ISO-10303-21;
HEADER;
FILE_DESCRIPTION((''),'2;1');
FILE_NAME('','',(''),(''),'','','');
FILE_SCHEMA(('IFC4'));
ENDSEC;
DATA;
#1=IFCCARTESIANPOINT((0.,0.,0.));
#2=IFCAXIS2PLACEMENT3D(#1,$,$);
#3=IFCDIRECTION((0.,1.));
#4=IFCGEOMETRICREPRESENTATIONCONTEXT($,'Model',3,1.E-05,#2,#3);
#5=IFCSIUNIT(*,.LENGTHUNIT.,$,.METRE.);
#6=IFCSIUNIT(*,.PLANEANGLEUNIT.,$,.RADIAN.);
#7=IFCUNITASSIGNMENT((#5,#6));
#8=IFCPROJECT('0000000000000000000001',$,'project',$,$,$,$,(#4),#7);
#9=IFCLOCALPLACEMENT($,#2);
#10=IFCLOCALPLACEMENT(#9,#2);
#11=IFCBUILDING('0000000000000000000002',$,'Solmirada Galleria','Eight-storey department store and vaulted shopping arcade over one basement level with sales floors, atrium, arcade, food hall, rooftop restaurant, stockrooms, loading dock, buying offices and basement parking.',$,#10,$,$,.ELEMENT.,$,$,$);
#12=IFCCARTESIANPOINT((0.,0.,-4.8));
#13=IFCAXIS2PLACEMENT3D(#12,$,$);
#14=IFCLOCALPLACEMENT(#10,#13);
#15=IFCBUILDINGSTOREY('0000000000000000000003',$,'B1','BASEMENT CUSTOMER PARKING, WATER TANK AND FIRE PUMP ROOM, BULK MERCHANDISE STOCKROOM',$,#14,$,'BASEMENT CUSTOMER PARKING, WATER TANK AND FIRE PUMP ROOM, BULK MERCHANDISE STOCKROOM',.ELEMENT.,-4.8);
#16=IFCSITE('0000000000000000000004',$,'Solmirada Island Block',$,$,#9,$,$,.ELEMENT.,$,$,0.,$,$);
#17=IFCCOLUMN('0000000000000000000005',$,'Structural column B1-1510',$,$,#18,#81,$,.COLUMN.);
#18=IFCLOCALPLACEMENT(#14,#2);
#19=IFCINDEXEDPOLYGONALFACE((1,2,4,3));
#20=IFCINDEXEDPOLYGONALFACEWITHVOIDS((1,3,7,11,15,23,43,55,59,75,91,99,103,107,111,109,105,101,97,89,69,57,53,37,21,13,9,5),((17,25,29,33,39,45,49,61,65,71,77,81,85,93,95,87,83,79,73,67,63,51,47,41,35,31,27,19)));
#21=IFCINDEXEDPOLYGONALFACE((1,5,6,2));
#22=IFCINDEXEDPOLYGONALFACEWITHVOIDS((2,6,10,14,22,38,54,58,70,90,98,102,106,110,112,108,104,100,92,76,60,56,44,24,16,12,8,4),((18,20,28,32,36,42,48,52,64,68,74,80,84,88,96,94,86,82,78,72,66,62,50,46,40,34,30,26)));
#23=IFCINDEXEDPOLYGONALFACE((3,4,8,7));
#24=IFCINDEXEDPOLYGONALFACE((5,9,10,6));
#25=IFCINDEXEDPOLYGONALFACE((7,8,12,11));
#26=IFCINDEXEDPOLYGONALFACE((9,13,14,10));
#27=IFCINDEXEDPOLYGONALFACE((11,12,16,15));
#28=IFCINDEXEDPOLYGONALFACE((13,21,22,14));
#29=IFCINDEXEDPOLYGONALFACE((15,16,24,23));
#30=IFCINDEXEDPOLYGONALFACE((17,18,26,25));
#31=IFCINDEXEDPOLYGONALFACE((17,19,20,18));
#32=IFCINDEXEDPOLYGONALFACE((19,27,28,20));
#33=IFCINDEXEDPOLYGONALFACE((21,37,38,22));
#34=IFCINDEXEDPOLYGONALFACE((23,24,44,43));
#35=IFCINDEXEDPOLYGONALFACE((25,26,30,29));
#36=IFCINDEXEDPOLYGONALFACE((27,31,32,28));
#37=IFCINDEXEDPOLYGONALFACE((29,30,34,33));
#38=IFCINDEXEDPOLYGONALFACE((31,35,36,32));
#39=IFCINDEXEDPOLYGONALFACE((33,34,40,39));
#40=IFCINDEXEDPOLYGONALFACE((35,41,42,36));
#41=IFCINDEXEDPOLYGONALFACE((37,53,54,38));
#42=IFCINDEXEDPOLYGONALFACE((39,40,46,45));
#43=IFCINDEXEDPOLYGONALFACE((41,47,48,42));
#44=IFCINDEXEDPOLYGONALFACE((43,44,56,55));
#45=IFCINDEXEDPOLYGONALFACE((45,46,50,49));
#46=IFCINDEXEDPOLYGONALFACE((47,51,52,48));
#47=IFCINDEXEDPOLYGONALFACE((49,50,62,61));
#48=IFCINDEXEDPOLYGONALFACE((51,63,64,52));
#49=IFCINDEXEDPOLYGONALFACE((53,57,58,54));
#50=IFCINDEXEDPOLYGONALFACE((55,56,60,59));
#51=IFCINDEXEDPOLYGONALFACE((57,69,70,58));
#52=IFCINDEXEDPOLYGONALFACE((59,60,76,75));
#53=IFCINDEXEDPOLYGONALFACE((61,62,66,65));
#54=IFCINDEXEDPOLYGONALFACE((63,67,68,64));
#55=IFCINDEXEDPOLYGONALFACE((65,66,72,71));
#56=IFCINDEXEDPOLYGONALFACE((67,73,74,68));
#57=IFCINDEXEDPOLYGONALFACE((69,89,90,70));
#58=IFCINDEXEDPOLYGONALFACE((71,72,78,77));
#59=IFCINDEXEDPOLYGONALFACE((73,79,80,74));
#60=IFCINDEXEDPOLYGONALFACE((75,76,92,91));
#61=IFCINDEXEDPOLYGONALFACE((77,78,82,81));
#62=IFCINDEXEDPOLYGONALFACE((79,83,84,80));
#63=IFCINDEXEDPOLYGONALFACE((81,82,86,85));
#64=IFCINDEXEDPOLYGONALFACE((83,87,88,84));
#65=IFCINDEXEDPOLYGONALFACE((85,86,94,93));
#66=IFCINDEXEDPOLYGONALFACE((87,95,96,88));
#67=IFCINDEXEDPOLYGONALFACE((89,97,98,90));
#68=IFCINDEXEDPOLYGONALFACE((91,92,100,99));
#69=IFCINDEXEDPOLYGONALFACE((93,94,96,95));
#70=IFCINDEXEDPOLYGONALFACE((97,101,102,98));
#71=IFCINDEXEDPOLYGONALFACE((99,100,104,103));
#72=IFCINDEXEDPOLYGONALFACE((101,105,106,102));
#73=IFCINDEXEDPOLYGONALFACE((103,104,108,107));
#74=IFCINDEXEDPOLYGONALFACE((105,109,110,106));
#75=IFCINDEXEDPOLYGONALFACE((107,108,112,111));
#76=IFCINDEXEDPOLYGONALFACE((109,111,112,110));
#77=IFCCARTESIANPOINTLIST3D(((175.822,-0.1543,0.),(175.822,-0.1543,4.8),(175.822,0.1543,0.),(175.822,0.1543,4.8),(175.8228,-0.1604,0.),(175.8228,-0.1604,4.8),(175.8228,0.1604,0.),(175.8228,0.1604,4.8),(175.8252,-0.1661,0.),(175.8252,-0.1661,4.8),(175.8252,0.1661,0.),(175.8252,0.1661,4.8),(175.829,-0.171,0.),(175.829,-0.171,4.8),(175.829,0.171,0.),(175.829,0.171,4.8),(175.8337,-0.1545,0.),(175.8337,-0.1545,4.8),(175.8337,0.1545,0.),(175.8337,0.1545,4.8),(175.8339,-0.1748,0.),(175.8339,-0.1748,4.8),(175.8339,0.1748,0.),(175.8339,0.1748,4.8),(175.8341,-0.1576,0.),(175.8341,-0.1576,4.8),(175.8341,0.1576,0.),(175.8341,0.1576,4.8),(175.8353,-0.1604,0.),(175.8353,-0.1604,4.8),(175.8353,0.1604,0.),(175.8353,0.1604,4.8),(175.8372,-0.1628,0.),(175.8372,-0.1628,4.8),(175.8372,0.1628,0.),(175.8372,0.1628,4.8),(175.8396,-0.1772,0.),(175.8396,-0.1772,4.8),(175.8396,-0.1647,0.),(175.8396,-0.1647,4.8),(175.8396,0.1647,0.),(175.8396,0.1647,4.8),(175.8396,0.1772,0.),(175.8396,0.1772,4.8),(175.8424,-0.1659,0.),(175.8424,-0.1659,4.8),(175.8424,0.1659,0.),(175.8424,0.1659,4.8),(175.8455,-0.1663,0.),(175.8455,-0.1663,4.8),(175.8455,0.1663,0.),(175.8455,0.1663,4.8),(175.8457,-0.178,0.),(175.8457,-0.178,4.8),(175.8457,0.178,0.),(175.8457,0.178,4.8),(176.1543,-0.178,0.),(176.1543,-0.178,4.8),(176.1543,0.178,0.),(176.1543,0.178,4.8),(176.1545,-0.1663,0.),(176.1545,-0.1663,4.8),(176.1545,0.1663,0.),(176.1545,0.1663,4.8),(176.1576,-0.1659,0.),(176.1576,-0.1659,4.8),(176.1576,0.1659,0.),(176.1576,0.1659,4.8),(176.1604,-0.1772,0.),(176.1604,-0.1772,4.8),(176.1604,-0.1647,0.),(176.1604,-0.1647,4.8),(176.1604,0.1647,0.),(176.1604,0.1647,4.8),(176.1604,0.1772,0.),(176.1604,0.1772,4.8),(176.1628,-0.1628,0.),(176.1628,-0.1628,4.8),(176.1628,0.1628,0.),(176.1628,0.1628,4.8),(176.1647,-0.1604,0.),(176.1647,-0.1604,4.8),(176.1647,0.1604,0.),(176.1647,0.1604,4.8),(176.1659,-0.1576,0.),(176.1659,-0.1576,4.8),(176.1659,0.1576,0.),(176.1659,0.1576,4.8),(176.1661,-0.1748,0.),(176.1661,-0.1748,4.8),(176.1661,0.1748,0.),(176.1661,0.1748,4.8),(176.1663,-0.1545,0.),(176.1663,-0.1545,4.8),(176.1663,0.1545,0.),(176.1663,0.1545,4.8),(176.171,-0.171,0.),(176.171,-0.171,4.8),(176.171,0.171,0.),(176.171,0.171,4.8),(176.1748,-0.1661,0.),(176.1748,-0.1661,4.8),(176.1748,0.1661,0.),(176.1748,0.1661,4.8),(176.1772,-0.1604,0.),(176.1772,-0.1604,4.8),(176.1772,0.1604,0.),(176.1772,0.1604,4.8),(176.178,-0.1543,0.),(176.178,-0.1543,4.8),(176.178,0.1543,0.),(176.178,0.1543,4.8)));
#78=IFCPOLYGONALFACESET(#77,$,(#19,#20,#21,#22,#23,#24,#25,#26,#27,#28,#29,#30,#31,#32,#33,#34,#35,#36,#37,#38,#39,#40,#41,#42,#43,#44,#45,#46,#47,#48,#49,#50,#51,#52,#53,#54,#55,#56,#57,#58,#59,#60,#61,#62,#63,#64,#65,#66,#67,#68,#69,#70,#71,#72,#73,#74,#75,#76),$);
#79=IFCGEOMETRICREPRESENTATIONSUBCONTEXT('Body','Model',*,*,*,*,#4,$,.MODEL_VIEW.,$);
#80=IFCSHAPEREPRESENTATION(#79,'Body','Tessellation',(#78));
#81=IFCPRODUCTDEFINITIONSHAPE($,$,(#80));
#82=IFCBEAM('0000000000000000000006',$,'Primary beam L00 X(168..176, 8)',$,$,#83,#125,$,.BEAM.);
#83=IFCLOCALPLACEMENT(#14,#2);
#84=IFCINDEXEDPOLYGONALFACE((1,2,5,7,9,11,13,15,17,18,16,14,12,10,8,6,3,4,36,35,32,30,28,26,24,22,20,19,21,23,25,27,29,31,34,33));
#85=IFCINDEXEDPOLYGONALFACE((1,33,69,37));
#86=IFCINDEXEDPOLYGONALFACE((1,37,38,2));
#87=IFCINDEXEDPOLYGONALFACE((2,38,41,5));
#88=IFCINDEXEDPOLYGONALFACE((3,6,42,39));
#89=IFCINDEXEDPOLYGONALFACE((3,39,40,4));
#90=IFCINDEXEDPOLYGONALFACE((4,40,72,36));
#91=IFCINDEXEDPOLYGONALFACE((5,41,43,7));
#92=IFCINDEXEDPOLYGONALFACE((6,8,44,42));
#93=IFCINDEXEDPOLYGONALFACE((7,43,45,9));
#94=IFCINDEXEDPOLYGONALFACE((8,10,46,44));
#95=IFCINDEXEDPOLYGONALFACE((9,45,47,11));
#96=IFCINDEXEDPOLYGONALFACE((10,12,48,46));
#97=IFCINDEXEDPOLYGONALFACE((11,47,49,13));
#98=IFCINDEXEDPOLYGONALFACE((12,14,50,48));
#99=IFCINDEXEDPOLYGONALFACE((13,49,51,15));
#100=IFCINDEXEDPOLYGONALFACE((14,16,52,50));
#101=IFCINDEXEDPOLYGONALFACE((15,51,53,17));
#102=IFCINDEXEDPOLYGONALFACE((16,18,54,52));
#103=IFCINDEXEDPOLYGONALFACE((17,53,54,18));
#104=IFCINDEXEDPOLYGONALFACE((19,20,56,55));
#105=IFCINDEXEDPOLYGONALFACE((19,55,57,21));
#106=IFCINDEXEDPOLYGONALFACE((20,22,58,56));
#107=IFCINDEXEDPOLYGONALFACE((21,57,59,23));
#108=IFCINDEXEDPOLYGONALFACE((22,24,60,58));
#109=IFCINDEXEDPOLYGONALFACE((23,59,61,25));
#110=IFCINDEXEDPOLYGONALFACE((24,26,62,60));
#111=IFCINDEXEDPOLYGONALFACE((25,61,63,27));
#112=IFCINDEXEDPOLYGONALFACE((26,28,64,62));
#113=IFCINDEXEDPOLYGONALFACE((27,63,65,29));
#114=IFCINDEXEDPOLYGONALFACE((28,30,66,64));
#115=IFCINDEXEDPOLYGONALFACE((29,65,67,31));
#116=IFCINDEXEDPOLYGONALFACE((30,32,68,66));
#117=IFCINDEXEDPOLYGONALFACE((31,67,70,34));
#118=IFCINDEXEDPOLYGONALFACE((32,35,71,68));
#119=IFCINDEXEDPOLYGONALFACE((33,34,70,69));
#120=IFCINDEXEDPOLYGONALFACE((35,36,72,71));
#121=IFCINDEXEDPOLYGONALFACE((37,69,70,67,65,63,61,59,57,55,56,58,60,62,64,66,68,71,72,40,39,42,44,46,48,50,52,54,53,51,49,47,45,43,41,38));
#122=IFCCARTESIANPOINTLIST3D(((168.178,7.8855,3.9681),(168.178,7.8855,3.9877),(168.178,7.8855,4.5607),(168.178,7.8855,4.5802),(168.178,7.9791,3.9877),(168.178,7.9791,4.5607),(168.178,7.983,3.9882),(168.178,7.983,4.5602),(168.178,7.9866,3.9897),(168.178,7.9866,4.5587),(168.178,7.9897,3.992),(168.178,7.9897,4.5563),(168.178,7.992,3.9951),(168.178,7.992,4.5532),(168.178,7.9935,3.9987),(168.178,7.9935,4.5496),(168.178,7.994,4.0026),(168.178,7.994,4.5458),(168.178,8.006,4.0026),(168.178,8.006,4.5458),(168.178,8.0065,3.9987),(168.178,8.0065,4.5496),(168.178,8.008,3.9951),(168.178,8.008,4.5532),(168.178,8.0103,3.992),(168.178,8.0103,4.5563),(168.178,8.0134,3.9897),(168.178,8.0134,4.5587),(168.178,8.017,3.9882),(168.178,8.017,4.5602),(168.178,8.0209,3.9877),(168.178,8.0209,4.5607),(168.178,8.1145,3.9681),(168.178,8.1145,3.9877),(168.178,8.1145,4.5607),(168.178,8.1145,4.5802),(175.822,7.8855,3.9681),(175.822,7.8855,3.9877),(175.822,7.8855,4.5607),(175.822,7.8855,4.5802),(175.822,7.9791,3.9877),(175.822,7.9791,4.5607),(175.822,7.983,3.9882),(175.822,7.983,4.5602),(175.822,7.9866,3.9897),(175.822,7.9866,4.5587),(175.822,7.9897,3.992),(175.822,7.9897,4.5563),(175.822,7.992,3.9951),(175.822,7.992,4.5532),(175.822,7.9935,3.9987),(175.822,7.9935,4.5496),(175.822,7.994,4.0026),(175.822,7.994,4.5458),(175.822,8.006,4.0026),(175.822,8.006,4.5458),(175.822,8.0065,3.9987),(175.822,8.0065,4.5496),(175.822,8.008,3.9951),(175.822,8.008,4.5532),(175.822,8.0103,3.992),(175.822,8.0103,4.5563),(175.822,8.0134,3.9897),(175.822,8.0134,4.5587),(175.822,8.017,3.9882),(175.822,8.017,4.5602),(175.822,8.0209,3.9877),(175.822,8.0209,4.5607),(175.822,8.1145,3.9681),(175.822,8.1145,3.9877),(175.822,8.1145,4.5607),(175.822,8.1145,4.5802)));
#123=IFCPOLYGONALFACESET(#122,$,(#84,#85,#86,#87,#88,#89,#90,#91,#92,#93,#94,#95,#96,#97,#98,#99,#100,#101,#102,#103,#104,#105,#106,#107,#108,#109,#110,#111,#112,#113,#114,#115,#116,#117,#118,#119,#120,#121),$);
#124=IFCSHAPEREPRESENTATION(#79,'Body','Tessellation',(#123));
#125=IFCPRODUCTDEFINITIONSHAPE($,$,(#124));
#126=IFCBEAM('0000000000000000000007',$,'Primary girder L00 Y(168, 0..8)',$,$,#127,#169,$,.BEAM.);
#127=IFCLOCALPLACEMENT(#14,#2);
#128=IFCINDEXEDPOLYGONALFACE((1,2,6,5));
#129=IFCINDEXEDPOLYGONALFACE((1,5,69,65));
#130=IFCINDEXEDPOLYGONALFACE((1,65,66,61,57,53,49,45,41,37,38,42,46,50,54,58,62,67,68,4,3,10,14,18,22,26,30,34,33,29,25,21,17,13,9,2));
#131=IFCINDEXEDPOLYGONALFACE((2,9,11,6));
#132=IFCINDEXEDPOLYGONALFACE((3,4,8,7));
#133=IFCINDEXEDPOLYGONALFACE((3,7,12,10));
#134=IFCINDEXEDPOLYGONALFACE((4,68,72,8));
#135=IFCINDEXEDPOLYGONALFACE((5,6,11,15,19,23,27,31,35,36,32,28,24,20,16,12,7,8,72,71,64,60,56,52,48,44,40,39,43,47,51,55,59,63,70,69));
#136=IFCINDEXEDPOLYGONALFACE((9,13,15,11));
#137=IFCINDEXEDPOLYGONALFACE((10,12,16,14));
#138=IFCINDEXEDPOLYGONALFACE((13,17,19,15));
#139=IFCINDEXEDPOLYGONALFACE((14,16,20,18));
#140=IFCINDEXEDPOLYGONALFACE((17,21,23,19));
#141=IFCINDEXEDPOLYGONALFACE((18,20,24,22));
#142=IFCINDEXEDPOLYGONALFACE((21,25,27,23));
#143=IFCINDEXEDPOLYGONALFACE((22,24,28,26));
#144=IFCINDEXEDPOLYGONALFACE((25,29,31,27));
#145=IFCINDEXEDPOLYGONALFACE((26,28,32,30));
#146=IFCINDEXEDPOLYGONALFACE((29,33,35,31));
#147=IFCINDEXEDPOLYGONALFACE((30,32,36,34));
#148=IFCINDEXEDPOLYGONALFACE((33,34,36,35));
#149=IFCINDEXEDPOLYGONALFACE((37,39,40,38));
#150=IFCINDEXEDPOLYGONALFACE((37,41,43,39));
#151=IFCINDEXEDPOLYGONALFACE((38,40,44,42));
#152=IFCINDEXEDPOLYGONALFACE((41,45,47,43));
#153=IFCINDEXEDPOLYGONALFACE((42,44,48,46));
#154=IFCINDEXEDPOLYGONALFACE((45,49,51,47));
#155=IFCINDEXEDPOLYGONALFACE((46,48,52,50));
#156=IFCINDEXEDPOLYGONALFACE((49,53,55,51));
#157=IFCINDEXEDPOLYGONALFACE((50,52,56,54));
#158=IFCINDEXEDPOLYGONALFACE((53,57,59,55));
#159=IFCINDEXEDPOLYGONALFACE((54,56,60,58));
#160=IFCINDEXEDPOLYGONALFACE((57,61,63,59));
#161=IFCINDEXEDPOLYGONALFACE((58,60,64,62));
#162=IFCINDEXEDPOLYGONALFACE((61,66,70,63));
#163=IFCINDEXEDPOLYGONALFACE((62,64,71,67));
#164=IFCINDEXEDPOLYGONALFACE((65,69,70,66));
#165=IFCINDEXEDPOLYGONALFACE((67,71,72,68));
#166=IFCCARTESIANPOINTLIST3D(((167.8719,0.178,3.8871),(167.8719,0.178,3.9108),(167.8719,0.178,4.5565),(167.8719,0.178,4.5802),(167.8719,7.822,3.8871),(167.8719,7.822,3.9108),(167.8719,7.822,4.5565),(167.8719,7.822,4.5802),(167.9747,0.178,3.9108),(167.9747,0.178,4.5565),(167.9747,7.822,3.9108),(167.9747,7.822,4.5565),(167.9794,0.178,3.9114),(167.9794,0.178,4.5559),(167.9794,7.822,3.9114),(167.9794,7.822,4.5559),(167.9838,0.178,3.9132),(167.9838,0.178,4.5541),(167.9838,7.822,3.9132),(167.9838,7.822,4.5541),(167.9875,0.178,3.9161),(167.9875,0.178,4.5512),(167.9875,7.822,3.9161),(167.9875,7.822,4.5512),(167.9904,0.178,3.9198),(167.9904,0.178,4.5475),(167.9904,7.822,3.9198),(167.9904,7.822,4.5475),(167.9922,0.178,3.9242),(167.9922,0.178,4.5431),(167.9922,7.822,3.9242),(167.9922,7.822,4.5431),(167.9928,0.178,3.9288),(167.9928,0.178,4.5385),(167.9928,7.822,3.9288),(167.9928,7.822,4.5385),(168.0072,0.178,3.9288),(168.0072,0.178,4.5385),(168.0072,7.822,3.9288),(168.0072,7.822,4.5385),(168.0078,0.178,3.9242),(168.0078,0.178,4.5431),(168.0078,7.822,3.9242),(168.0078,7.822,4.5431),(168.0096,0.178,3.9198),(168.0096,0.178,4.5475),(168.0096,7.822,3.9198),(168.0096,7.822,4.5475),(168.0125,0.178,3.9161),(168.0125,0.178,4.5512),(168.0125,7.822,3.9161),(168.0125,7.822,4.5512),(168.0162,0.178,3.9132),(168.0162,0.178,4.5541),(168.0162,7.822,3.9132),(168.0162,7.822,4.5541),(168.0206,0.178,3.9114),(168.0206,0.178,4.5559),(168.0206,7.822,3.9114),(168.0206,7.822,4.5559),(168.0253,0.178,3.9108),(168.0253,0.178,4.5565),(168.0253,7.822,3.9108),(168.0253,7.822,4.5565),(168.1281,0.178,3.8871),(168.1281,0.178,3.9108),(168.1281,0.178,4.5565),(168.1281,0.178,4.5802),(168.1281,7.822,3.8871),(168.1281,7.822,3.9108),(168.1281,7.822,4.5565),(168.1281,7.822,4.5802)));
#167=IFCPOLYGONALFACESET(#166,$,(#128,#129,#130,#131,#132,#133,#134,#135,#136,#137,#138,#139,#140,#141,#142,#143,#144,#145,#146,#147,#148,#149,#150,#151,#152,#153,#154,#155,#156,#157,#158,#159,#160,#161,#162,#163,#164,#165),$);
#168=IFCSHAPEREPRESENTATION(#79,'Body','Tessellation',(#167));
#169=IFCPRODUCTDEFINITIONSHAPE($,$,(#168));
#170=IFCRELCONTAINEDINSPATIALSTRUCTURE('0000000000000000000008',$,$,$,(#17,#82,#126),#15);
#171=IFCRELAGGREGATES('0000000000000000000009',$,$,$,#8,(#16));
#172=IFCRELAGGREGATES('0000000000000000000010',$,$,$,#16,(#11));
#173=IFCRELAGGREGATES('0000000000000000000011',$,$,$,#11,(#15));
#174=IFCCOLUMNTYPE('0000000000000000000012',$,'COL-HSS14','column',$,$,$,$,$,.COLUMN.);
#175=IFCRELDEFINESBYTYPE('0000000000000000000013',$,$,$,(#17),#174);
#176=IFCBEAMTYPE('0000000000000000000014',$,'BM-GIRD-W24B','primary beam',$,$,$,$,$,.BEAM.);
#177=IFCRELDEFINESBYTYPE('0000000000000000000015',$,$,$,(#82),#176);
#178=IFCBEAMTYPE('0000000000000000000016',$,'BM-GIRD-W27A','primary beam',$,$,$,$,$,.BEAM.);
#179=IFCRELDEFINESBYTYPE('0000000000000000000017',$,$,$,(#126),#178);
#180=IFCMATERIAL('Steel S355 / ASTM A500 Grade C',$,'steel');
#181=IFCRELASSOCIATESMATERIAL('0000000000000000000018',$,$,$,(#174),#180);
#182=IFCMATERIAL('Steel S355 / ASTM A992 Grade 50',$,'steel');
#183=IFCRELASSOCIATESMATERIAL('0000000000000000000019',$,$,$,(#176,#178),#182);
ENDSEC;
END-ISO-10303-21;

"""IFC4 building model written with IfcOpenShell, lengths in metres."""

from ifc_helpers import new_model, si_unit, direction, frame, origin, origin_2d, place, context, subcontext, project, spatial, hollow_rectangle, i_section, extrude, material, material_profile, profile_set, type_object, element, save


model = new_model("IFC4")

# Units and contexts
model_context = context("Model", 3, precision=1e-05, world=origin(), true_north=direction((0.0, 1.0)))
body_context = subcontext(model_context, "Body", "Model", "MODEL_VIEW")
ifc_project = project(units=[si_unit("LENGTHUNIT", "METRE"), si_unit("PLANEANGLEUNIT", "RADIAN")], contexts=[model_context])

# Site, building, storey
site_placement = place(None, origin())
site = spatial("IfcSite", under=ifc_project, at=site_placement, Name="Solmirada Island Block", CompositionType="ELEMENT", RefElevation=0.0)
building_placement = place(site_placement, origin())
building = spatial("IfcBuilding", under=site, at=building_placement, Name="Solmirada Galleria", Description="Eight-storey department store and vaulted shopping arcade over one basement level with sales floors, atrium, arcade, food hall, rooftop restaurant, stockrooms, loading dock, buying offices and basement parking.", CompositionType="ELEMENT")
storey_placement = place(building_placement, frame((0.0, 0.0, -4.8)))
storey = spatial("IfcBuildingStorey", under=building, at=storey_placement, Name="B1", Description="BASEMENT CUSTOMER PARKING, WATER TANK AND FIRE PUMP ROOM, BULK MERCHANDISE STOCKROOM", LongName="BASEMENT CUSTOMER PARKING, WATER TANK AND FIRE PUMP ROOM, BULK MERCHANDISE STOCKROOM", CompositionType="ELEMENT", Elevation=-4.8)

# Column
ifc_material_1 = material(Name="Steel S355 / ASTM A500 Grade C", Category="steel")
ifc_material_profile_1 = material_profile(ifc_material_1, hollow_rectangle(XDim=0.356, YDim=0.356, WallThickness=0.0117, InnerFilletRadius=0.0117, OuterFilletRadius=0.0237, at=origin_2d()), Name="HSS14X14X1/2")
ifc_profile_set_1 = profile_set([ifc_material_profile_1], Name="Steel S355 / ASTM A500 Grade C")
column_type = type_object("IfcColumnType", Name="COL-HSS14", Description="column", PredefinedType="COLUMN", material=ifc_profile_set_1)
for number, where, z_axis, x_axis, name in (
    (1, (176.0, 0.0, 0.0), (0.0, 0.0, 1.0), (1.0, 0.0, 0.0), "Structural column B1-1510"),
):
    element("IfcColumn", number, at=place(storey_placement, frame(where, z_axis=z_axis, x_axis=x_axis)), inside=storey, type_object=column_type, Name=name, PredefinedType="COLUMN", context=body_context, shape_type="SweptSolid", body=[
        extrude(hollow_rectangle(XDim=0.356, YDim=0.356, WallThickness=0.0117, InnerFilletRadius=0.0117, OuterFilletRadius=0.0237, at=origin_2d()), origin(), (0.0, 0.0, 1.0), 4.8),
    ])

# Beams
ifc_material_2 = material(Name="Steel S355 / ASTM A992 Grade 50", Category="steel")
ifc_material_profile_2 = material_profile(ifc_material_2, i_section(OverallWidth=0.229, OverallDepth=0.6121, WebThickness=0.012, FlangeThickness=0.0195, FilletRadius=0.0149, at=origin_2d()), Name="W24X84")
ifc_profile_set_2 = profile_set([ifc_material_profile_2], Name="Steel S355 / ASTM A992 Grade 50")
beam_type_1 = type_object("IfcBeamType", Name="BM-GIRD-W24B", Description="primary beam", PredefinedType="BEAM", material=ifc_profile_set_2)
beam_1_placement = place(storey_placement, frame((168.178, 8.0, 4.2742), z_axis=(1.0, 0.0, 0.0), x_axis=(0.0, 1.0, 0.0)))
element("IfcBeam", 2, at=beam_1_placement, inside=storey, type_object=beam_type_1, Name="Primary beam L00 X(168..176, 8)", PredefinedType="BEAM", context=body_context, shape_type="SweptSolid", body=[
    extrude(i_section(OverallWidth=0.229, OverallDepth=0.6121, WebThickness=0.012, FlangeThickness=0.0195, FilletRadius=0.0149, at=origin_2d()), origin(), (0.0, 0.0, 1.0), 7.644),
])
ifc_material_profile_3 = material_profile(ifc_material_2, i_section(OverallWidth=0.2561, OverallDepth=0.6931, WebThickness=0.0144, FlangeThickness=0.0237, FilletRadius=0.0181, at=origin_2d()), Name="W27X114")
ifc_profile_set_3 = profile_set([ifc_material_profile_3], Name="Steel S355 / ASTM A992 Grade 50")
beam_type_2 = type_object("IfcBeamType", Name="BM-GIRD-W27A", Description="primary beam", PredefinedType="BEAM", material=ifc_profile_set_3)
beam_2_placement = place(storey_placement, frame((168.0, 0.178, 4.2336), z_axis=(0.0, 1.0, 0.0), x_axis=(-1.0, 0.0, 0.0)))
element("IfcBeam", 3, at=beam_2_placement, inside=storey, type_object=beam_type_2, Name="Primary girder L00 Y(168, 0..8)", PredefinedType="BEAM", context=body_context, shape_type="SweptSolid", body=[
    extrude(i_section(OverallWidth=0.2561, OverallDepth=0.6931, WebThickness=0.0144, FlangeThickness=0.0237, FilletRadius=0.0181, at=origin_2d()), origin(), (0.0, 0.0, 1.0), 7.644),
])

save(model, "model.ifc")
